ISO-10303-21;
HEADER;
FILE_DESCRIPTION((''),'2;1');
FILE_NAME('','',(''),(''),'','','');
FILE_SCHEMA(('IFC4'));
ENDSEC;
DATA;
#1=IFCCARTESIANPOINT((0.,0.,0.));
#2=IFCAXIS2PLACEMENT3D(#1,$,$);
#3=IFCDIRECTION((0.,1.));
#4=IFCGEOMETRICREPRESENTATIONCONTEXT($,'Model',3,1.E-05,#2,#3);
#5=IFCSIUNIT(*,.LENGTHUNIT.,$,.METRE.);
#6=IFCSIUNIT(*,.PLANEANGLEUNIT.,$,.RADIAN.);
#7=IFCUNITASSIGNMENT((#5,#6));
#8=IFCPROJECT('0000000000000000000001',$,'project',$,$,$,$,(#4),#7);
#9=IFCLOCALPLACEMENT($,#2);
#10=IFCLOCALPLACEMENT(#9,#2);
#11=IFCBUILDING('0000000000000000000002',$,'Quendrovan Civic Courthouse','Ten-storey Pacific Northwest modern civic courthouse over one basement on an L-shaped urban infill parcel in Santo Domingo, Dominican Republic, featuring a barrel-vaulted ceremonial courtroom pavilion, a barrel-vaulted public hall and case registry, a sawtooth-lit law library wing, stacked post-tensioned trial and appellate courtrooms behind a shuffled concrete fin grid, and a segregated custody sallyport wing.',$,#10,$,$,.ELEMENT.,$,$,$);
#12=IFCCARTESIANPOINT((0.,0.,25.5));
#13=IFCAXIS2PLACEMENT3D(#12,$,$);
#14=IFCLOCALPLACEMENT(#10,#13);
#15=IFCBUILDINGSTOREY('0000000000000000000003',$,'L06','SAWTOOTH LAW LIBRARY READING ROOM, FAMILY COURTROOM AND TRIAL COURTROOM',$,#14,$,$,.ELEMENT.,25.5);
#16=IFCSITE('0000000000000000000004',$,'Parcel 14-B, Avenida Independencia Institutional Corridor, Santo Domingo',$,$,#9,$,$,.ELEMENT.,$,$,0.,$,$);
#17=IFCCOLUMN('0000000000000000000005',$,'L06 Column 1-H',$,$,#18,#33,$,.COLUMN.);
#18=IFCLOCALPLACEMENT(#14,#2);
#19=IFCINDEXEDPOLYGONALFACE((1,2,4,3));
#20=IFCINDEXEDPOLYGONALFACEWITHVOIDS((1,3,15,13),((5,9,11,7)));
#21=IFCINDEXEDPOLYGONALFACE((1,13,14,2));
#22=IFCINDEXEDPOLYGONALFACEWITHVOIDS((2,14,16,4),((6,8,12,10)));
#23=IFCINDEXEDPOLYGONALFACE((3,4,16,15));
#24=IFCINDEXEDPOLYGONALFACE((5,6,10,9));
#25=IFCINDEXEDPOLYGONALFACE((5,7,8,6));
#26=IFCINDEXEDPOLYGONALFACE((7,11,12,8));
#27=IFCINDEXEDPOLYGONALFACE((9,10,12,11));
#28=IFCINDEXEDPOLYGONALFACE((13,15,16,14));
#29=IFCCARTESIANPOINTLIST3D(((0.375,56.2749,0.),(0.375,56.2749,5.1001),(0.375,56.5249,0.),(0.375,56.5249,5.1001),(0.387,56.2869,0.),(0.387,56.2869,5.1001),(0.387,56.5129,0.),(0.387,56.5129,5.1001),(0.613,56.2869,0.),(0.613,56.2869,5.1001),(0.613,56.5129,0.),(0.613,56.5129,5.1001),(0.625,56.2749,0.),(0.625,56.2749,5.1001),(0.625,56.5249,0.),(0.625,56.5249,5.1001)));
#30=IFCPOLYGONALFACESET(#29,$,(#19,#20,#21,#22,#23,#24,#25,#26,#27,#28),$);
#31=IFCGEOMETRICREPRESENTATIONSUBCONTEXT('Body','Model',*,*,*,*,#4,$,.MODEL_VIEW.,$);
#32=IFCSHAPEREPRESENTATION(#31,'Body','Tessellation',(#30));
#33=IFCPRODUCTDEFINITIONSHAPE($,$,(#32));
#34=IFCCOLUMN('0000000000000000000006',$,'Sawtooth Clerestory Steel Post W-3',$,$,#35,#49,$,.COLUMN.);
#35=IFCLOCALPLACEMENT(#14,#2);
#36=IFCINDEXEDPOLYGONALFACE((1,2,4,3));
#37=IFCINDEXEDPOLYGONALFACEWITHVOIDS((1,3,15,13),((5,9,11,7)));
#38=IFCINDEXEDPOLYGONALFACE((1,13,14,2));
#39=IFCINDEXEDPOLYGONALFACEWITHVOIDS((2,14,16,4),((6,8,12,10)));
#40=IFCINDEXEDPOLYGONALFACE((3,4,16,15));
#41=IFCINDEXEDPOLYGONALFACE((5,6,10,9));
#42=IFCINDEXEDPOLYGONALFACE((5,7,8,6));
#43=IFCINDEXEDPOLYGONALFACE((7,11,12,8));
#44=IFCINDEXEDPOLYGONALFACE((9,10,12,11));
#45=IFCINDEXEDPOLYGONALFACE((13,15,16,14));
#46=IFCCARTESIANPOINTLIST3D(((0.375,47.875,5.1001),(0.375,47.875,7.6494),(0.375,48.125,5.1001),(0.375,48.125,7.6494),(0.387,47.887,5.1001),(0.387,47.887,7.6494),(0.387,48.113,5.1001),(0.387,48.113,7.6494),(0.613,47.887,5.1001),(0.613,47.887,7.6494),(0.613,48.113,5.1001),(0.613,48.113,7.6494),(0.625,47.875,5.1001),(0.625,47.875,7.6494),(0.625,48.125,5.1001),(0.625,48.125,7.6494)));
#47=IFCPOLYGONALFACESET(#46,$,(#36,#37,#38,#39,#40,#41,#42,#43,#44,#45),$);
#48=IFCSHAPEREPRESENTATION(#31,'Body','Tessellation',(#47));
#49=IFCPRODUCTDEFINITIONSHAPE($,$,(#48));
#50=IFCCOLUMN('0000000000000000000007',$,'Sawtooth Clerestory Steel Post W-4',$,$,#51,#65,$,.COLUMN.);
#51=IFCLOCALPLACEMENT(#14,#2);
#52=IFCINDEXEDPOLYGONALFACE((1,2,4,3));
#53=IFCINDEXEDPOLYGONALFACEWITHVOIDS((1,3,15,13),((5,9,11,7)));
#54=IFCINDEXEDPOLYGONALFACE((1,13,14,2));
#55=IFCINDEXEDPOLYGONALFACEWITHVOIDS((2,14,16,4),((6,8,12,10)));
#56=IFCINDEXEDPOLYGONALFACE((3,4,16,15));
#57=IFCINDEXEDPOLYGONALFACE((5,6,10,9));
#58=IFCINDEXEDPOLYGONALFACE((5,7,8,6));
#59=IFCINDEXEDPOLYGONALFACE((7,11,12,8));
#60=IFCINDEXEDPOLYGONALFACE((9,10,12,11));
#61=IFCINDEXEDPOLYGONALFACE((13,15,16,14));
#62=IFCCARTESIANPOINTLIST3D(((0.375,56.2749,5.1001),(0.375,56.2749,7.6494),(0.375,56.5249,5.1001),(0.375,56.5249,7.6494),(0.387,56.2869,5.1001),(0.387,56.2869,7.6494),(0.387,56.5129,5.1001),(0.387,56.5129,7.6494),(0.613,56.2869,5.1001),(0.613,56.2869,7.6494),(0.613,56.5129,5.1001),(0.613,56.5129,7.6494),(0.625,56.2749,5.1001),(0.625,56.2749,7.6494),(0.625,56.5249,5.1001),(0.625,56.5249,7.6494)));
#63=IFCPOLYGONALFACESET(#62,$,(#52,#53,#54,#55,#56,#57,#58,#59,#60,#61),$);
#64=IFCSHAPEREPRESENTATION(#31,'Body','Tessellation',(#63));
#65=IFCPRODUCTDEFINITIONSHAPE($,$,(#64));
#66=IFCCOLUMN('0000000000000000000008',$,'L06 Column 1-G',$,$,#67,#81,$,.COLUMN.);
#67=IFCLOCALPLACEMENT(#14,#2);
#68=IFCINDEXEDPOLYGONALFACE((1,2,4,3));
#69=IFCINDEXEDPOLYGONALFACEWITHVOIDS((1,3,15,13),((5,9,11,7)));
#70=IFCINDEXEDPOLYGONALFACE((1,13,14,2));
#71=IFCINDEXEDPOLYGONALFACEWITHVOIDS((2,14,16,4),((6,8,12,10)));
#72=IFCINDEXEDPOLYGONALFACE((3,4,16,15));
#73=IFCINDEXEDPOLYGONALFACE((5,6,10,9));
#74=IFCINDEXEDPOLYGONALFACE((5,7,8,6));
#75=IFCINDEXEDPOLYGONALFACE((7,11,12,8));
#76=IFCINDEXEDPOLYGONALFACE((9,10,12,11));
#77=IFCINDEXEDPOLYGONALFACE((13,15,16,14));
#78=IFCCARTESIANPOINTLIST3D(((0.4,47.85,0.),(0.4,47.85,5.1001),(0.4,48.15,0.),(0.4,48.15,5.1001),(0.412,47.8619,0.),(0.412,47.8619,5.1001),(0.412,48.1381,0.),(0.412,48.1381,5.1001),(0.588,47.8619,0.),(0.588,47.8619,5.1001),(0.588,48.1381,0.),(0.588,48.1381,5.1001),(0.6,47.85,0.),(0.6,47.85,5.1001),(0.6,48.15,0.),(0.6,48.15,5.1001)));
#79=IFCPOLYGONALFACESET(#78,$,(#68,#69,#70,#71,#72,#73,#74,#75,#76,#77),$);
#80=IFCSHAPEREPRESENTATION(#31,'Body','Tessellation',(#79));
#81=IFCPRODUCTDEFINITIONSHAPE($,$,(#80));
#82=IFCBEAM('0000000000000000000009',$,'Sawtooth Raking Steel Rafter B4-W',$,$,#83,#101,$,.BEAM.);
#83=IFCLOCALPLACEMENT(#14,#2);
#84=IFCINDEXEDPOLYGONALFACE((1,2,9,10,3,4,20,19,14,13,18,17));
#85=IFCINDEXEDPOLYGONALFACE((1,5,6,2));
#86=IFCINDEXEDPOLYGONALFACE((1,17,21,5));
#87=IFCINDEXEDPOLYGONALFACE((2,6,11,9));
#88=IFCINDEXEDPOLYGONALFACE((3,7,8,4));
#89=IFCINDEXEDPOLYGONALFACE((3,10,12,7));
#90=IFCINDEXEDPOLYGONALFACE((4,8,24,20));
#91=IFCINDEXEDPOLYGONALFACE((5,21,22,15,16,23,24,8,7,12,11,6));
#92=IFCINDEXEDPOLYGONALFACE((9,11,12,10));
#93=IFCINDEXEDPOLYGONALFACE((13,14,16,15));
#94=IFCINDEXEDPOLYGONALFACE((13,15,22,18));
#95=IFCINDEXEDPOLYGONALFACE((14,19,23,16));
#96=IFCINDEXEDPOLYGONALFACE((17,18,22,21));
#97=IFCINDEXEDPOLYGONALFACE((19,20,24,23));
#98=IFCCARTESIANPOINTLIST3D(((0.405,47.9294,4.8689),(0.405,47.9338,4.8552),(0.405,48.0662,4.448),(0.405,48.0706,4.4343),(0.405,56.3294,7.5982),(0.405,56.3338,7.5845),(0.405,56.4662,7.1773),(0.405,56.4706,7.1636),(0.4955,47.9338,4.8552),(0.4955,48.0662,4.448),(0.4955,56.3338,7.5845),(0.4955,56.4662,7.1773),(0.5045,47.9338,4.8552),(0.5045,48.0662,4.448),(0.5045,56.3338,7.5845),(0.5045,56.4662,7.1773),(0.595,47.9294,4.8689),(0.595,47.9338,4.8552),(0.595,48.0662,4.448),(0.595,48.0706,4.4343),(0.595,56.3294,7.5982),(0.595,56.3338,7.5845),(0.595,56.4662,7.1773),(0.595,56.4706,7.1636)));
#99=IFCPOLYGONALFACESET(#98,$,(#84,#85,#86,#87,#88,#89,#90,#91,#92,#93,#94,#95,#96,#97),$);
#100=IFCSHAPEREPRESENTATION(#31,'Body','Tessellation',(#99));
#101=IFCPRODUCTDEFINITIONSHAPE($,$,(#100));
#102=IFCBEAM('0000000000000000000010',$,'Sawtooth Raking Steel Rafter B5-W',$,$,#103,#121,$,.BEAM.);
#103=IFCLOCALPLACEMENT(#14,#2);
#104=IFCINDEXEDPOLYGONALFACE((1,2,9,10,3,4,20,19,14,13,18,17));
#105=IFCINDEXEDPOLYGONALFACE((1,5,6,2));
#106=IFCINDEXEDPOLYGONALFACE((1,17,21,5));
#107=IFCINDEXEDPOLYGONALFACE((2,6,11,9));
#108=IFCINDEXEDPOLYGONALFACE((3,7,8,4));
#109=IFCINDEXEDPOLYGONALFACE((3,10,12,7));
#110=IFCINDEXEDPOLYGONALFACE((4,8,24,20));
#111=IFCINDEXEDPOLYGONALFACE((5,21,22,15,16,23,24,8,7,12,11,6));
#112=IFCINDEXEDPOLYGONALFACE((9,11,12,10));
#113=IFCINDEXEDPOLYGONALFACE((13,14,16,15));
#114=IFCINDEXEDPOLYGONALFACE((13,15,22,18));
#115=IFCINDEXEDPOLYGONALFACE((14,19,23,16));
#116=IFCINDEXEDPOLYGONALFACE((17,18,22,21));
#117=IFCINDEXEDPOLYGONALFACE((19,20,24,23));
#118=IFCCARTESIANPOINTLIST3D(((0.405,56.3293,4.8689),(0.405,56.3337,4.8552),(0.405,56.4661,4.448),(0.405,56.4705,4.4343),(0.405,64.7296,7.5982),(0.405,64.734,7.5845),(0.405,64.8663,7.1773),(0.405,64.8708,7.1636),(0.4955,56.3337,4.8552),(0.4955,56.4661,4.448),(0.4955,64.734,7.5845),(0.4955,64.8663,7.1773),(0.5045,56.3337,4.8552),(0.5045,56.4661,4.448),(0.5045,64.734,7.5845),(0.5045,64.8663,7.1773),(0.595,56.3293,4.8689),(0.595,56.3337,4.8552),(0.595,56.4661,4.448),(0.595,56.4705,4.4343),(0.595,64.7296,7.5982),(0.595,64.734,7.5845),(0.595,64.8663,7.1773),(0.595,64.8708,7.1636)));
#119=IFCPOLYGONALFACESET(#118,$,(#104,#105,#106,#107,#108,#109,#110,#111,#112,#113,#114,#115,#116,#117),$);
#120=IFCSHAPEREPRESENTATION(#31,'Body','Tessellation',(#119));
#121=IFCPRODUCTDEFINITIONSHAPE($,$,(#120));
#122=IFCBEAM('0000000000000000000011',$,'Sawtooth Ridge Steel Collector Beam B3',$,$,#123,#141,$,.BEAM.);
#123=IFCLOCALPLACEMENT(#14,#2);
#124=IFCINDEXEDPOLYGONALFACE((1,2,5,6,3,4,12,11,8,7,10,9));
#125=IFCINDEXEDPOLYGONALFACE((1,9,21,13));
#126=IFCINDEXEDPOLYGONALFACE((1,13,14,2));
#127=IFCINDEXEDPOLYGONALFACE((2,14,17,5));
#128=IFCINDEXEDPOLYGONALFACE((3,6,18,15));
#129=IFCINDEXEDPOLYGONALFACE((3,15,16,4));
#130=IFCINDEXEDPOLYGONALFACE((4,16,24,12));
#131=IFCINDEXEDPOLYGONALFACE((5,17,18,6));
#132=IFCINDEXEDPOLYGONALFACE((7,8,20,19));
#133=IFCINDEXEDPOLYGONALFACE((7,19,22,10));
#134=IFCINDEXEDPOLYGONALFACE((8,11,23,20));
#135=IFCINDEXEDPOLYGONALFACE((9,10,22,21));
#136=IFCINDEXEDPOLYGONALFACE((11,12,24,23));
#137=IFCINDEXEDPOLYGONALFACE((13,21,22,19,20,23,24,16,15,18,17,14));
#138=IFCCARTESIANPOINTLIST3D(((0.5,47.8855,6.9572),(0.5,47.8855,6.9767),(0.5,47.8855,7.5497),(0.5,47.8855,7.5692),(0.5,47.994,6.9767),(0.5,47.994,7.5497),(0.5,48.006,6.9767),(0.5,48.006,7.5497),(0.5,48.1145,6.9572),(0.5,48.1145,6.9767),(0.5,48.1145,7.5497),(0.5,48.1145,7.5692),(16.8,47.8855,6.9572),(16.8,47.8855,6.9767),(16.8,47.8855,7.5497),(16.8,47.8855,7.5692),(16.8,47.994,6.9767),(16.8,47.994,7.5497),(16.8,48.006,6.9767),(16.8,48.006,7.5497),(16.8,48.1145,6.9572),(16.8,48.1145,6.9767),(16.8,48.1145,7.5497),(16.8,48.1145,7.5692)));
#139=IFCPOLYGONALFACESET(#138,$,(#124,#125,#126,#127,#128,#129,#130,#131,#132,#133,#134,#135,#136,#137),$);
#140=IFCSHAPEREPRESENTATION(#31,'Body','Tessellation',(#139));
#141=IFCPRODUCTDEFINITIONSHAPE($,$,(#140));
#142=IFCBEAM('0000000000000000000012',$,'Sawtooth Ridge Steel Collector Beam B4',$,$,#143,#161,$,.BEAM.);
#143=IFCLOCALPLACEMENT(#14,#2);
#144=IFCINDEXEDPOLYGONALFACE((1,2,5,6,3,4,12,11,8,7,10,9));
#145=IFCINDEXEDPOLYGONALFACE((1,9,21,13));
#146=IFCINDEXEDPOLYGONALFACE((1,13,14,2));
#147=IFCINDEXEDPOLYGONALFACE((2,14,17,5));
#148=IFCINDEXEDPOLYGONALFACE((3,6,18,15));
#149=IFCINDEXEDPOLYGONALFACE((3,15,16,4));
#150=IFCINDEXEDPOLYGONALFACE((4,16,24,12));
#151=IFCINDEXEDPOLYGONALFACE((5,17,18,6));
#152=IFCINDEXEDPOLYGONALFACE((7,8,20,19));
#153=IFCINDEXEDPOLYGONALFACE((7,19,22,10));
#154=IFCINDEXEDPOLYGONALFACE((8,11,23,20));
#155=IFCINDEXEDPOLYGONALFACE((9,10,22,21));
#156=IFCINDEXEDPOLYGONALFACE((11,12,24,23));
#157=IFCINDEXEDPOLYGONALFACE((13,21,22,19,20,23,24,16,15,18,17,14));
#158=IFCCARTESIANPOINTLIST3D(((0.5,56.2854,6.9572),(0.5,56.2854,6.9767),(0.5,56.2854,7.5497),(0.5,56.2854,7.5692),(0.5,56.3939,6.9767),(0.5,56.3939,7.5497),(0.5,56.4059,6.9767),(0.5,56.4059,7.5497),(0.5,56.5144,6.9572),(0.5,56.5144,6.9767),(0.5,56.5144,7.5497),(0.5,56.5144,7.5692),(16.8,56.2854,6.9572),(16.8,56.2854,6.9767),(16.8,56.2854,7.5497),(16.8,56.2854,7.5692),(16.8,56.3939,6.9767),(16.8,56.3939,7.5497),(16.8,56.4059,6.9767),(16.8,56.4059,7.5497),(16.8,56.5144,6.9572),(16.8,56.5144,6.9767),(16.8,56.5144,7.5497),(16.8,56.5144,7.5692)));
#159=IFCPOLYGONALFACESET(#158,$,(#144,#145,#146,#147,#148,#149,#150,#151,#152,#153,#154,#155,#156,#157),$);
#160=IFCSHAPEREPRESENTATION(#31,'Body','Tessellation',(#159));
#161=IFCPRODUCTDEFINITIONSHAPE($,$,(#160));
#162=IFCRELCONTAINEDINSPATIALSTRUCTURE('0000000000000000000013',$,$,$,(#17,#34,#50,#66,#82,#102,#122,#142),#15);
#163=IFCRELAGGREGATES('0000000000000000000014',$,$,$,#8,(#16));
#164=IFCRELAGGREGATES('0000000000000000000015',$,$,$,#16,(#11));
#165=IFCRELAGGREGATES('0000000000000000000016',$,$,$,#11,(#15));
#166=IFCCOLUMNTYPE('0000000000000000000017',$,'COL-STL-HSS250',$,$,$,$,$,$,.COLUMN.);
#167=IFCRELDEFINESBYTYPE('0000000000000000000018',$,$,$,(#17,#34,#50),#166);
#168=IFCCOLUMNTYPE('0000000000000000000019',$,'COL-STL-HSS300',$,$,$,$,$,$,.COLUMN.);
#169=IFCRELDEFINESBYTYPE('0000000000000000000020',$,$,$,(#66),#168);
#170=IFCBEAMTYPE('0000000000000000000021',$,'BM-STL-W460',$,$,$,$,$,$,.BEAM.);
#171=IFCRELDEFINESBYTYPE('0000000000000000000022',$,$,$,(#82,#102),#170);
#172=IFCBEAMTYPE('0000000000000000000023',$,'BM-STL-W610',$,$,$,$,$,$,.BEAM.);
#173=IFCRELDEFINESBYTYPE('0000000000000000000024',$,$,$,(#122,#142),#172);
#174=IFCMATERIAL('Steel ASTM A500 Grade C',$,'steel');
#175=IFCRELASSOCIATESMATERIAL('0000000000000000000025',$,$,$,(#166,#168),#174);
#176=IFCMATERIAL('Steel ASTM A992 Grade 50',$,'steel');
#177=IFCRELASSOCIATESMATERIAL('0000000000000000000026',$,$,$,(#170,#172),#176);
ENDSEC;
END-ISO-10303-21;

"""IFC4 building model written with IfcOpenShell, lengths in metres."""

from ifc_helpers import new_model, si_unit, direction, frame, origin, origin_2d, place, context, subcontext, project, spatial, hollow_rectangle, i_section, extrude, material, material_profile, profile_set, type_object, element, save


model = new_model("IFC4")

# Units and contexts
model_context = context("Model", 3, precision=1e-05, world=origin(), true_north=direction((0.0, 1.0)))
body_context = subcontext(model_context, "Body", "Model", "MODEL_VIEW")
ifc_project = project(units=[si_unit("LENGTHUNIT", "METRE"), si_unit("PLANEANGLEUNIT", "RADIAN")], contexts=[model_context])

# Site, building, storey
site_placement = place(None, origin())
site = spatial("IfcSite", under=ifc_project, at=site_placement, Name="Parcel 14-B, Avenida Independencia Institutional Corridor, Santo Domingo", CompositionType="ELEMENT", RefElevation=0.0)
building_placement = place(site_placement, origin())
building = spatial("IfcBuilding", under=site, at=building_placement, Name="Quendrovan Civic Courthouse", Description="Ten-storey Pacific Northwest modern civic courthouse over one basement on an L-shaped urban infill parcel in Santo Domingo, Dominican Republic, featuring a barrel-vaulted ceremonial courtroom pavilion, a barrel-vaulted public hall and case registry, a sawtooth-lit law library wing, stacked post-tensioned trial and appellate courtrooms behind a shuffled concrete fin grid, and a segregated custody sallyport wing.", CompositionType="ELEMENT")
storey_placement = place(building_placement, frame((0.0, 0.0, 25.5)))
storey = spatial("IfcBuildingStorey", under=building, at=storey_placement, Name="L06", Description="SAWTOOTH LAW LIBRARY READING ROOM, FAMILY COURTROOM AND TRIAL COURTROOM", CompositionType="ELEMENT", Elevation=25.5)

# Columns
ifc_material_1 = material(Name="Steel ASTM A500 Grade C", Category="steel")
ifc_material_profile_1 = material_profile(ifc_material_1, hollow_rectangle(XDim=0.25, YDim=0.25, WallThickness=0.012, at=origin_2d()), Name="HSS250x250x12")
ifc_profile_set_1 = profile_set([ifc_material_profile_1], Name="Steel ASTM A500 Grade C")
column_type_1 = type_object("IfcColumnType", Name="COL-STL-HSS250", PredefinedType="COLUMN", material=ifc_profile_set_1)
column_1_placement = place(storey_placement, frame((0.5, 56.3999, 0.0), z_axis=(0.0, 0.0, 1.0), x_axis=(1.0, 0.0, 0.0)))
element("IfcColumn", 1, at=column_1_placement, inside=storey, type_object=column_type_1, Name="L06 Column 1-H", PredefinedType="COLUMN", context=body_context, shape_type="SweptSolid", body=[
    extrude(hollow_rectangle(XDim=0.25, YDim=0.25, WallThickness=0.012, at=origin_2d()), origin(), (0.0, 0.0, 1.0), 5.1001),
])
for number, where, z_axis, x_axis, name in (
    (2, (0.5, 48.0, 5.1001), (0.0, 0.0, 1.0), (1.0, 0.0, 0.0), "Sawtooth Clerestory Steel Post W-3"),
    (3, (0.5, 56.3999, 5.1001), (0.0, 0.0, 1.0), (1.0, 0.0, 0.0), "Sawtooth Clerestory Steel Post W-4"),
):
    element("IfcColumn", number, at=place(storey_placement, frame(where, z_axis=z_axis, x_axis=x_axis)), inside=storey, type_object=column_type_1, Name=name, PredefinedType="COLUMN", context=body_context, shape_type="SweptSolid", body=[
        extrude(hollow_rectangle(XDim=0.25, YDim=0.25, WallThickness=0.012, at=origin_2d()), origin(), (0.0, 0.0, 1.0), 2.5493),
    ])
ifc_material_profile_2 = material_profile(ifc_material_1, hollow_rectangle(XDim=0.2, YDim=0.3, WallThickness=0.012, at=origin_2d()), Name="HSS300x200x12")
ifc_profile_set_2 = profile_set([ifc_material_profile_2], Name="Steel ASTM A500 Grade C")
column_type_2 = type_object("IfcColumnType", Name="COL-STL-HSS300", PredefinedType="COLUMN", material=ifc_profile_set_2)
column_2_placement = place(storey_placement, frame((0.5, 48.0, 0.0), z_axis=(0.0, 0.0, 1.0), x_axis=(1.0, 0.0, 0.0)))
element("IfcColumn", 4, at=column_2_placement, inside=storey, type_object=column_type_2, Name="L06 Column 1-G", PredefinedType="COLUMN", context=body_context, shape_type="SweptSolid", body=[
    extrude(hollow_rectangle(XDim=0.2, YDim=0.3, WallThickness=0.012, at=origin_2d()), origin(), (0.0, 0.0, 1.0), 5.1001),
])

# Beams
ifc_material_2 = material(Name="Steel ASTM A992 Grade 50", Category="steel")
ifc_material_profile_3 = material_profile(ifc_material_2, i_section(OverallWidth=0.1899, OverallDepth=0.457, WebThickness=0.009, FlangeThickness=0.0144, at=origin_2d()), Name="W460x74")
ifc_profile_set_3 = profile_set([ifc_material_profile_3], Name="Steel ASTM A992 Grade 50")
beam_type_1 = type_object("IfcBeamType", Name="BM-STL-W460", PredefinedType="BEAM", material=ifc_profile_set_3)
beam_1_placement = place(storey_placement, frame((0.5, 48.0, 4.6516), z_axis=(0.0, 0.951058, 0.309012), x_axis=(-1.0, 0.0, 0.0)))
element("IfcBeam", 5, at=beam_1_placement, inside=storey, type_object=beam_type_1, Name="Sawtooth Raking Steel Rafter B4-W", PredefinedType="BEAM", context=body_context, shape_type="SweptSolid", body=[
    extrude(i_section(OverallWidth=0.1899, OverallDepth=0.457, WebThickness=0.009, FlangeThickness=0.0144, at=origin_2d()), origin(), (0.0, 0.0, 1.0), 8.8323),
])
beam_2_placement = place(storey_placement, frame((0.5, 56.3999, 4.6516), z_axis=(0.0, 0.951061, 0.309004), x_axis=(-1.0, 0.0, 0.0)))
element("IfcBeam", 6, at=beam_2_placement, inside=storey, type_object=beam_type_1, Name="Sawtooth Raking Steel Rafter B5-W", PredefinedType="BEAM", context=body_context, shape_type="SweptSolid", body=[
    extrude(i_section(OverallWidth=0.1899, OverallDepth=0.457, WebThickness=0.009, FlangeThickness=0.0144, at=origin_2d()), origin(), (0.0, 0.0, 1.0), 8.8325),
])
ifc_material_profile_4 = material_profile(ifc_material_2, i_section(OverallWidth=0.229, OverallDepth=0.6121, WebThickness=0.012, FlangeThickness=0.0195, at=origin_2d()), Name="W610x125")
ifc_profile_set_4 = profile_set([ifc_material_profile_4], Name="Steel ASTM A992 Grade 50")
beam_type_2 = type_object("IfcBeamType", Name="BM-STL-W610", PredefinedType="BEAM", material=ifc_profile_set_4)
for number, where, z_axis, x_axis, name in (
    (7, (0.5, 48.0, 7.2632), (1.0, 0.0, 0.0), (0.0, 1.0, 0.0), "Sawtooth Ridge Steel Collector Beam B3"),
    (8, (0.5, 56.3999, 7.2632), (1.0, 0.0, 0.0), (0.0, 1.0, 0.0), "Sawtooth Ridge Steel Collector Beam B4"),
):
    element("IfcBeam", number, at=place(storey_placement, frame(where, z_axis=z_axis, x_axis=x_axis)), inside=storey, type_object=beam_type_2, Name=name, PredefinedType="BEAM", context=body_context, shape_type="SweptSolid", body=[
        extrude(i_section(OverallWidth=0.229, OverallDepth=0.6121, WebThickness=0.012, FlangeThickness=0.0195, at=origin_2d()), origin(), (0.0, 0.0, 1.0), 16.3),
    ])

save(model, "model.ifc")
